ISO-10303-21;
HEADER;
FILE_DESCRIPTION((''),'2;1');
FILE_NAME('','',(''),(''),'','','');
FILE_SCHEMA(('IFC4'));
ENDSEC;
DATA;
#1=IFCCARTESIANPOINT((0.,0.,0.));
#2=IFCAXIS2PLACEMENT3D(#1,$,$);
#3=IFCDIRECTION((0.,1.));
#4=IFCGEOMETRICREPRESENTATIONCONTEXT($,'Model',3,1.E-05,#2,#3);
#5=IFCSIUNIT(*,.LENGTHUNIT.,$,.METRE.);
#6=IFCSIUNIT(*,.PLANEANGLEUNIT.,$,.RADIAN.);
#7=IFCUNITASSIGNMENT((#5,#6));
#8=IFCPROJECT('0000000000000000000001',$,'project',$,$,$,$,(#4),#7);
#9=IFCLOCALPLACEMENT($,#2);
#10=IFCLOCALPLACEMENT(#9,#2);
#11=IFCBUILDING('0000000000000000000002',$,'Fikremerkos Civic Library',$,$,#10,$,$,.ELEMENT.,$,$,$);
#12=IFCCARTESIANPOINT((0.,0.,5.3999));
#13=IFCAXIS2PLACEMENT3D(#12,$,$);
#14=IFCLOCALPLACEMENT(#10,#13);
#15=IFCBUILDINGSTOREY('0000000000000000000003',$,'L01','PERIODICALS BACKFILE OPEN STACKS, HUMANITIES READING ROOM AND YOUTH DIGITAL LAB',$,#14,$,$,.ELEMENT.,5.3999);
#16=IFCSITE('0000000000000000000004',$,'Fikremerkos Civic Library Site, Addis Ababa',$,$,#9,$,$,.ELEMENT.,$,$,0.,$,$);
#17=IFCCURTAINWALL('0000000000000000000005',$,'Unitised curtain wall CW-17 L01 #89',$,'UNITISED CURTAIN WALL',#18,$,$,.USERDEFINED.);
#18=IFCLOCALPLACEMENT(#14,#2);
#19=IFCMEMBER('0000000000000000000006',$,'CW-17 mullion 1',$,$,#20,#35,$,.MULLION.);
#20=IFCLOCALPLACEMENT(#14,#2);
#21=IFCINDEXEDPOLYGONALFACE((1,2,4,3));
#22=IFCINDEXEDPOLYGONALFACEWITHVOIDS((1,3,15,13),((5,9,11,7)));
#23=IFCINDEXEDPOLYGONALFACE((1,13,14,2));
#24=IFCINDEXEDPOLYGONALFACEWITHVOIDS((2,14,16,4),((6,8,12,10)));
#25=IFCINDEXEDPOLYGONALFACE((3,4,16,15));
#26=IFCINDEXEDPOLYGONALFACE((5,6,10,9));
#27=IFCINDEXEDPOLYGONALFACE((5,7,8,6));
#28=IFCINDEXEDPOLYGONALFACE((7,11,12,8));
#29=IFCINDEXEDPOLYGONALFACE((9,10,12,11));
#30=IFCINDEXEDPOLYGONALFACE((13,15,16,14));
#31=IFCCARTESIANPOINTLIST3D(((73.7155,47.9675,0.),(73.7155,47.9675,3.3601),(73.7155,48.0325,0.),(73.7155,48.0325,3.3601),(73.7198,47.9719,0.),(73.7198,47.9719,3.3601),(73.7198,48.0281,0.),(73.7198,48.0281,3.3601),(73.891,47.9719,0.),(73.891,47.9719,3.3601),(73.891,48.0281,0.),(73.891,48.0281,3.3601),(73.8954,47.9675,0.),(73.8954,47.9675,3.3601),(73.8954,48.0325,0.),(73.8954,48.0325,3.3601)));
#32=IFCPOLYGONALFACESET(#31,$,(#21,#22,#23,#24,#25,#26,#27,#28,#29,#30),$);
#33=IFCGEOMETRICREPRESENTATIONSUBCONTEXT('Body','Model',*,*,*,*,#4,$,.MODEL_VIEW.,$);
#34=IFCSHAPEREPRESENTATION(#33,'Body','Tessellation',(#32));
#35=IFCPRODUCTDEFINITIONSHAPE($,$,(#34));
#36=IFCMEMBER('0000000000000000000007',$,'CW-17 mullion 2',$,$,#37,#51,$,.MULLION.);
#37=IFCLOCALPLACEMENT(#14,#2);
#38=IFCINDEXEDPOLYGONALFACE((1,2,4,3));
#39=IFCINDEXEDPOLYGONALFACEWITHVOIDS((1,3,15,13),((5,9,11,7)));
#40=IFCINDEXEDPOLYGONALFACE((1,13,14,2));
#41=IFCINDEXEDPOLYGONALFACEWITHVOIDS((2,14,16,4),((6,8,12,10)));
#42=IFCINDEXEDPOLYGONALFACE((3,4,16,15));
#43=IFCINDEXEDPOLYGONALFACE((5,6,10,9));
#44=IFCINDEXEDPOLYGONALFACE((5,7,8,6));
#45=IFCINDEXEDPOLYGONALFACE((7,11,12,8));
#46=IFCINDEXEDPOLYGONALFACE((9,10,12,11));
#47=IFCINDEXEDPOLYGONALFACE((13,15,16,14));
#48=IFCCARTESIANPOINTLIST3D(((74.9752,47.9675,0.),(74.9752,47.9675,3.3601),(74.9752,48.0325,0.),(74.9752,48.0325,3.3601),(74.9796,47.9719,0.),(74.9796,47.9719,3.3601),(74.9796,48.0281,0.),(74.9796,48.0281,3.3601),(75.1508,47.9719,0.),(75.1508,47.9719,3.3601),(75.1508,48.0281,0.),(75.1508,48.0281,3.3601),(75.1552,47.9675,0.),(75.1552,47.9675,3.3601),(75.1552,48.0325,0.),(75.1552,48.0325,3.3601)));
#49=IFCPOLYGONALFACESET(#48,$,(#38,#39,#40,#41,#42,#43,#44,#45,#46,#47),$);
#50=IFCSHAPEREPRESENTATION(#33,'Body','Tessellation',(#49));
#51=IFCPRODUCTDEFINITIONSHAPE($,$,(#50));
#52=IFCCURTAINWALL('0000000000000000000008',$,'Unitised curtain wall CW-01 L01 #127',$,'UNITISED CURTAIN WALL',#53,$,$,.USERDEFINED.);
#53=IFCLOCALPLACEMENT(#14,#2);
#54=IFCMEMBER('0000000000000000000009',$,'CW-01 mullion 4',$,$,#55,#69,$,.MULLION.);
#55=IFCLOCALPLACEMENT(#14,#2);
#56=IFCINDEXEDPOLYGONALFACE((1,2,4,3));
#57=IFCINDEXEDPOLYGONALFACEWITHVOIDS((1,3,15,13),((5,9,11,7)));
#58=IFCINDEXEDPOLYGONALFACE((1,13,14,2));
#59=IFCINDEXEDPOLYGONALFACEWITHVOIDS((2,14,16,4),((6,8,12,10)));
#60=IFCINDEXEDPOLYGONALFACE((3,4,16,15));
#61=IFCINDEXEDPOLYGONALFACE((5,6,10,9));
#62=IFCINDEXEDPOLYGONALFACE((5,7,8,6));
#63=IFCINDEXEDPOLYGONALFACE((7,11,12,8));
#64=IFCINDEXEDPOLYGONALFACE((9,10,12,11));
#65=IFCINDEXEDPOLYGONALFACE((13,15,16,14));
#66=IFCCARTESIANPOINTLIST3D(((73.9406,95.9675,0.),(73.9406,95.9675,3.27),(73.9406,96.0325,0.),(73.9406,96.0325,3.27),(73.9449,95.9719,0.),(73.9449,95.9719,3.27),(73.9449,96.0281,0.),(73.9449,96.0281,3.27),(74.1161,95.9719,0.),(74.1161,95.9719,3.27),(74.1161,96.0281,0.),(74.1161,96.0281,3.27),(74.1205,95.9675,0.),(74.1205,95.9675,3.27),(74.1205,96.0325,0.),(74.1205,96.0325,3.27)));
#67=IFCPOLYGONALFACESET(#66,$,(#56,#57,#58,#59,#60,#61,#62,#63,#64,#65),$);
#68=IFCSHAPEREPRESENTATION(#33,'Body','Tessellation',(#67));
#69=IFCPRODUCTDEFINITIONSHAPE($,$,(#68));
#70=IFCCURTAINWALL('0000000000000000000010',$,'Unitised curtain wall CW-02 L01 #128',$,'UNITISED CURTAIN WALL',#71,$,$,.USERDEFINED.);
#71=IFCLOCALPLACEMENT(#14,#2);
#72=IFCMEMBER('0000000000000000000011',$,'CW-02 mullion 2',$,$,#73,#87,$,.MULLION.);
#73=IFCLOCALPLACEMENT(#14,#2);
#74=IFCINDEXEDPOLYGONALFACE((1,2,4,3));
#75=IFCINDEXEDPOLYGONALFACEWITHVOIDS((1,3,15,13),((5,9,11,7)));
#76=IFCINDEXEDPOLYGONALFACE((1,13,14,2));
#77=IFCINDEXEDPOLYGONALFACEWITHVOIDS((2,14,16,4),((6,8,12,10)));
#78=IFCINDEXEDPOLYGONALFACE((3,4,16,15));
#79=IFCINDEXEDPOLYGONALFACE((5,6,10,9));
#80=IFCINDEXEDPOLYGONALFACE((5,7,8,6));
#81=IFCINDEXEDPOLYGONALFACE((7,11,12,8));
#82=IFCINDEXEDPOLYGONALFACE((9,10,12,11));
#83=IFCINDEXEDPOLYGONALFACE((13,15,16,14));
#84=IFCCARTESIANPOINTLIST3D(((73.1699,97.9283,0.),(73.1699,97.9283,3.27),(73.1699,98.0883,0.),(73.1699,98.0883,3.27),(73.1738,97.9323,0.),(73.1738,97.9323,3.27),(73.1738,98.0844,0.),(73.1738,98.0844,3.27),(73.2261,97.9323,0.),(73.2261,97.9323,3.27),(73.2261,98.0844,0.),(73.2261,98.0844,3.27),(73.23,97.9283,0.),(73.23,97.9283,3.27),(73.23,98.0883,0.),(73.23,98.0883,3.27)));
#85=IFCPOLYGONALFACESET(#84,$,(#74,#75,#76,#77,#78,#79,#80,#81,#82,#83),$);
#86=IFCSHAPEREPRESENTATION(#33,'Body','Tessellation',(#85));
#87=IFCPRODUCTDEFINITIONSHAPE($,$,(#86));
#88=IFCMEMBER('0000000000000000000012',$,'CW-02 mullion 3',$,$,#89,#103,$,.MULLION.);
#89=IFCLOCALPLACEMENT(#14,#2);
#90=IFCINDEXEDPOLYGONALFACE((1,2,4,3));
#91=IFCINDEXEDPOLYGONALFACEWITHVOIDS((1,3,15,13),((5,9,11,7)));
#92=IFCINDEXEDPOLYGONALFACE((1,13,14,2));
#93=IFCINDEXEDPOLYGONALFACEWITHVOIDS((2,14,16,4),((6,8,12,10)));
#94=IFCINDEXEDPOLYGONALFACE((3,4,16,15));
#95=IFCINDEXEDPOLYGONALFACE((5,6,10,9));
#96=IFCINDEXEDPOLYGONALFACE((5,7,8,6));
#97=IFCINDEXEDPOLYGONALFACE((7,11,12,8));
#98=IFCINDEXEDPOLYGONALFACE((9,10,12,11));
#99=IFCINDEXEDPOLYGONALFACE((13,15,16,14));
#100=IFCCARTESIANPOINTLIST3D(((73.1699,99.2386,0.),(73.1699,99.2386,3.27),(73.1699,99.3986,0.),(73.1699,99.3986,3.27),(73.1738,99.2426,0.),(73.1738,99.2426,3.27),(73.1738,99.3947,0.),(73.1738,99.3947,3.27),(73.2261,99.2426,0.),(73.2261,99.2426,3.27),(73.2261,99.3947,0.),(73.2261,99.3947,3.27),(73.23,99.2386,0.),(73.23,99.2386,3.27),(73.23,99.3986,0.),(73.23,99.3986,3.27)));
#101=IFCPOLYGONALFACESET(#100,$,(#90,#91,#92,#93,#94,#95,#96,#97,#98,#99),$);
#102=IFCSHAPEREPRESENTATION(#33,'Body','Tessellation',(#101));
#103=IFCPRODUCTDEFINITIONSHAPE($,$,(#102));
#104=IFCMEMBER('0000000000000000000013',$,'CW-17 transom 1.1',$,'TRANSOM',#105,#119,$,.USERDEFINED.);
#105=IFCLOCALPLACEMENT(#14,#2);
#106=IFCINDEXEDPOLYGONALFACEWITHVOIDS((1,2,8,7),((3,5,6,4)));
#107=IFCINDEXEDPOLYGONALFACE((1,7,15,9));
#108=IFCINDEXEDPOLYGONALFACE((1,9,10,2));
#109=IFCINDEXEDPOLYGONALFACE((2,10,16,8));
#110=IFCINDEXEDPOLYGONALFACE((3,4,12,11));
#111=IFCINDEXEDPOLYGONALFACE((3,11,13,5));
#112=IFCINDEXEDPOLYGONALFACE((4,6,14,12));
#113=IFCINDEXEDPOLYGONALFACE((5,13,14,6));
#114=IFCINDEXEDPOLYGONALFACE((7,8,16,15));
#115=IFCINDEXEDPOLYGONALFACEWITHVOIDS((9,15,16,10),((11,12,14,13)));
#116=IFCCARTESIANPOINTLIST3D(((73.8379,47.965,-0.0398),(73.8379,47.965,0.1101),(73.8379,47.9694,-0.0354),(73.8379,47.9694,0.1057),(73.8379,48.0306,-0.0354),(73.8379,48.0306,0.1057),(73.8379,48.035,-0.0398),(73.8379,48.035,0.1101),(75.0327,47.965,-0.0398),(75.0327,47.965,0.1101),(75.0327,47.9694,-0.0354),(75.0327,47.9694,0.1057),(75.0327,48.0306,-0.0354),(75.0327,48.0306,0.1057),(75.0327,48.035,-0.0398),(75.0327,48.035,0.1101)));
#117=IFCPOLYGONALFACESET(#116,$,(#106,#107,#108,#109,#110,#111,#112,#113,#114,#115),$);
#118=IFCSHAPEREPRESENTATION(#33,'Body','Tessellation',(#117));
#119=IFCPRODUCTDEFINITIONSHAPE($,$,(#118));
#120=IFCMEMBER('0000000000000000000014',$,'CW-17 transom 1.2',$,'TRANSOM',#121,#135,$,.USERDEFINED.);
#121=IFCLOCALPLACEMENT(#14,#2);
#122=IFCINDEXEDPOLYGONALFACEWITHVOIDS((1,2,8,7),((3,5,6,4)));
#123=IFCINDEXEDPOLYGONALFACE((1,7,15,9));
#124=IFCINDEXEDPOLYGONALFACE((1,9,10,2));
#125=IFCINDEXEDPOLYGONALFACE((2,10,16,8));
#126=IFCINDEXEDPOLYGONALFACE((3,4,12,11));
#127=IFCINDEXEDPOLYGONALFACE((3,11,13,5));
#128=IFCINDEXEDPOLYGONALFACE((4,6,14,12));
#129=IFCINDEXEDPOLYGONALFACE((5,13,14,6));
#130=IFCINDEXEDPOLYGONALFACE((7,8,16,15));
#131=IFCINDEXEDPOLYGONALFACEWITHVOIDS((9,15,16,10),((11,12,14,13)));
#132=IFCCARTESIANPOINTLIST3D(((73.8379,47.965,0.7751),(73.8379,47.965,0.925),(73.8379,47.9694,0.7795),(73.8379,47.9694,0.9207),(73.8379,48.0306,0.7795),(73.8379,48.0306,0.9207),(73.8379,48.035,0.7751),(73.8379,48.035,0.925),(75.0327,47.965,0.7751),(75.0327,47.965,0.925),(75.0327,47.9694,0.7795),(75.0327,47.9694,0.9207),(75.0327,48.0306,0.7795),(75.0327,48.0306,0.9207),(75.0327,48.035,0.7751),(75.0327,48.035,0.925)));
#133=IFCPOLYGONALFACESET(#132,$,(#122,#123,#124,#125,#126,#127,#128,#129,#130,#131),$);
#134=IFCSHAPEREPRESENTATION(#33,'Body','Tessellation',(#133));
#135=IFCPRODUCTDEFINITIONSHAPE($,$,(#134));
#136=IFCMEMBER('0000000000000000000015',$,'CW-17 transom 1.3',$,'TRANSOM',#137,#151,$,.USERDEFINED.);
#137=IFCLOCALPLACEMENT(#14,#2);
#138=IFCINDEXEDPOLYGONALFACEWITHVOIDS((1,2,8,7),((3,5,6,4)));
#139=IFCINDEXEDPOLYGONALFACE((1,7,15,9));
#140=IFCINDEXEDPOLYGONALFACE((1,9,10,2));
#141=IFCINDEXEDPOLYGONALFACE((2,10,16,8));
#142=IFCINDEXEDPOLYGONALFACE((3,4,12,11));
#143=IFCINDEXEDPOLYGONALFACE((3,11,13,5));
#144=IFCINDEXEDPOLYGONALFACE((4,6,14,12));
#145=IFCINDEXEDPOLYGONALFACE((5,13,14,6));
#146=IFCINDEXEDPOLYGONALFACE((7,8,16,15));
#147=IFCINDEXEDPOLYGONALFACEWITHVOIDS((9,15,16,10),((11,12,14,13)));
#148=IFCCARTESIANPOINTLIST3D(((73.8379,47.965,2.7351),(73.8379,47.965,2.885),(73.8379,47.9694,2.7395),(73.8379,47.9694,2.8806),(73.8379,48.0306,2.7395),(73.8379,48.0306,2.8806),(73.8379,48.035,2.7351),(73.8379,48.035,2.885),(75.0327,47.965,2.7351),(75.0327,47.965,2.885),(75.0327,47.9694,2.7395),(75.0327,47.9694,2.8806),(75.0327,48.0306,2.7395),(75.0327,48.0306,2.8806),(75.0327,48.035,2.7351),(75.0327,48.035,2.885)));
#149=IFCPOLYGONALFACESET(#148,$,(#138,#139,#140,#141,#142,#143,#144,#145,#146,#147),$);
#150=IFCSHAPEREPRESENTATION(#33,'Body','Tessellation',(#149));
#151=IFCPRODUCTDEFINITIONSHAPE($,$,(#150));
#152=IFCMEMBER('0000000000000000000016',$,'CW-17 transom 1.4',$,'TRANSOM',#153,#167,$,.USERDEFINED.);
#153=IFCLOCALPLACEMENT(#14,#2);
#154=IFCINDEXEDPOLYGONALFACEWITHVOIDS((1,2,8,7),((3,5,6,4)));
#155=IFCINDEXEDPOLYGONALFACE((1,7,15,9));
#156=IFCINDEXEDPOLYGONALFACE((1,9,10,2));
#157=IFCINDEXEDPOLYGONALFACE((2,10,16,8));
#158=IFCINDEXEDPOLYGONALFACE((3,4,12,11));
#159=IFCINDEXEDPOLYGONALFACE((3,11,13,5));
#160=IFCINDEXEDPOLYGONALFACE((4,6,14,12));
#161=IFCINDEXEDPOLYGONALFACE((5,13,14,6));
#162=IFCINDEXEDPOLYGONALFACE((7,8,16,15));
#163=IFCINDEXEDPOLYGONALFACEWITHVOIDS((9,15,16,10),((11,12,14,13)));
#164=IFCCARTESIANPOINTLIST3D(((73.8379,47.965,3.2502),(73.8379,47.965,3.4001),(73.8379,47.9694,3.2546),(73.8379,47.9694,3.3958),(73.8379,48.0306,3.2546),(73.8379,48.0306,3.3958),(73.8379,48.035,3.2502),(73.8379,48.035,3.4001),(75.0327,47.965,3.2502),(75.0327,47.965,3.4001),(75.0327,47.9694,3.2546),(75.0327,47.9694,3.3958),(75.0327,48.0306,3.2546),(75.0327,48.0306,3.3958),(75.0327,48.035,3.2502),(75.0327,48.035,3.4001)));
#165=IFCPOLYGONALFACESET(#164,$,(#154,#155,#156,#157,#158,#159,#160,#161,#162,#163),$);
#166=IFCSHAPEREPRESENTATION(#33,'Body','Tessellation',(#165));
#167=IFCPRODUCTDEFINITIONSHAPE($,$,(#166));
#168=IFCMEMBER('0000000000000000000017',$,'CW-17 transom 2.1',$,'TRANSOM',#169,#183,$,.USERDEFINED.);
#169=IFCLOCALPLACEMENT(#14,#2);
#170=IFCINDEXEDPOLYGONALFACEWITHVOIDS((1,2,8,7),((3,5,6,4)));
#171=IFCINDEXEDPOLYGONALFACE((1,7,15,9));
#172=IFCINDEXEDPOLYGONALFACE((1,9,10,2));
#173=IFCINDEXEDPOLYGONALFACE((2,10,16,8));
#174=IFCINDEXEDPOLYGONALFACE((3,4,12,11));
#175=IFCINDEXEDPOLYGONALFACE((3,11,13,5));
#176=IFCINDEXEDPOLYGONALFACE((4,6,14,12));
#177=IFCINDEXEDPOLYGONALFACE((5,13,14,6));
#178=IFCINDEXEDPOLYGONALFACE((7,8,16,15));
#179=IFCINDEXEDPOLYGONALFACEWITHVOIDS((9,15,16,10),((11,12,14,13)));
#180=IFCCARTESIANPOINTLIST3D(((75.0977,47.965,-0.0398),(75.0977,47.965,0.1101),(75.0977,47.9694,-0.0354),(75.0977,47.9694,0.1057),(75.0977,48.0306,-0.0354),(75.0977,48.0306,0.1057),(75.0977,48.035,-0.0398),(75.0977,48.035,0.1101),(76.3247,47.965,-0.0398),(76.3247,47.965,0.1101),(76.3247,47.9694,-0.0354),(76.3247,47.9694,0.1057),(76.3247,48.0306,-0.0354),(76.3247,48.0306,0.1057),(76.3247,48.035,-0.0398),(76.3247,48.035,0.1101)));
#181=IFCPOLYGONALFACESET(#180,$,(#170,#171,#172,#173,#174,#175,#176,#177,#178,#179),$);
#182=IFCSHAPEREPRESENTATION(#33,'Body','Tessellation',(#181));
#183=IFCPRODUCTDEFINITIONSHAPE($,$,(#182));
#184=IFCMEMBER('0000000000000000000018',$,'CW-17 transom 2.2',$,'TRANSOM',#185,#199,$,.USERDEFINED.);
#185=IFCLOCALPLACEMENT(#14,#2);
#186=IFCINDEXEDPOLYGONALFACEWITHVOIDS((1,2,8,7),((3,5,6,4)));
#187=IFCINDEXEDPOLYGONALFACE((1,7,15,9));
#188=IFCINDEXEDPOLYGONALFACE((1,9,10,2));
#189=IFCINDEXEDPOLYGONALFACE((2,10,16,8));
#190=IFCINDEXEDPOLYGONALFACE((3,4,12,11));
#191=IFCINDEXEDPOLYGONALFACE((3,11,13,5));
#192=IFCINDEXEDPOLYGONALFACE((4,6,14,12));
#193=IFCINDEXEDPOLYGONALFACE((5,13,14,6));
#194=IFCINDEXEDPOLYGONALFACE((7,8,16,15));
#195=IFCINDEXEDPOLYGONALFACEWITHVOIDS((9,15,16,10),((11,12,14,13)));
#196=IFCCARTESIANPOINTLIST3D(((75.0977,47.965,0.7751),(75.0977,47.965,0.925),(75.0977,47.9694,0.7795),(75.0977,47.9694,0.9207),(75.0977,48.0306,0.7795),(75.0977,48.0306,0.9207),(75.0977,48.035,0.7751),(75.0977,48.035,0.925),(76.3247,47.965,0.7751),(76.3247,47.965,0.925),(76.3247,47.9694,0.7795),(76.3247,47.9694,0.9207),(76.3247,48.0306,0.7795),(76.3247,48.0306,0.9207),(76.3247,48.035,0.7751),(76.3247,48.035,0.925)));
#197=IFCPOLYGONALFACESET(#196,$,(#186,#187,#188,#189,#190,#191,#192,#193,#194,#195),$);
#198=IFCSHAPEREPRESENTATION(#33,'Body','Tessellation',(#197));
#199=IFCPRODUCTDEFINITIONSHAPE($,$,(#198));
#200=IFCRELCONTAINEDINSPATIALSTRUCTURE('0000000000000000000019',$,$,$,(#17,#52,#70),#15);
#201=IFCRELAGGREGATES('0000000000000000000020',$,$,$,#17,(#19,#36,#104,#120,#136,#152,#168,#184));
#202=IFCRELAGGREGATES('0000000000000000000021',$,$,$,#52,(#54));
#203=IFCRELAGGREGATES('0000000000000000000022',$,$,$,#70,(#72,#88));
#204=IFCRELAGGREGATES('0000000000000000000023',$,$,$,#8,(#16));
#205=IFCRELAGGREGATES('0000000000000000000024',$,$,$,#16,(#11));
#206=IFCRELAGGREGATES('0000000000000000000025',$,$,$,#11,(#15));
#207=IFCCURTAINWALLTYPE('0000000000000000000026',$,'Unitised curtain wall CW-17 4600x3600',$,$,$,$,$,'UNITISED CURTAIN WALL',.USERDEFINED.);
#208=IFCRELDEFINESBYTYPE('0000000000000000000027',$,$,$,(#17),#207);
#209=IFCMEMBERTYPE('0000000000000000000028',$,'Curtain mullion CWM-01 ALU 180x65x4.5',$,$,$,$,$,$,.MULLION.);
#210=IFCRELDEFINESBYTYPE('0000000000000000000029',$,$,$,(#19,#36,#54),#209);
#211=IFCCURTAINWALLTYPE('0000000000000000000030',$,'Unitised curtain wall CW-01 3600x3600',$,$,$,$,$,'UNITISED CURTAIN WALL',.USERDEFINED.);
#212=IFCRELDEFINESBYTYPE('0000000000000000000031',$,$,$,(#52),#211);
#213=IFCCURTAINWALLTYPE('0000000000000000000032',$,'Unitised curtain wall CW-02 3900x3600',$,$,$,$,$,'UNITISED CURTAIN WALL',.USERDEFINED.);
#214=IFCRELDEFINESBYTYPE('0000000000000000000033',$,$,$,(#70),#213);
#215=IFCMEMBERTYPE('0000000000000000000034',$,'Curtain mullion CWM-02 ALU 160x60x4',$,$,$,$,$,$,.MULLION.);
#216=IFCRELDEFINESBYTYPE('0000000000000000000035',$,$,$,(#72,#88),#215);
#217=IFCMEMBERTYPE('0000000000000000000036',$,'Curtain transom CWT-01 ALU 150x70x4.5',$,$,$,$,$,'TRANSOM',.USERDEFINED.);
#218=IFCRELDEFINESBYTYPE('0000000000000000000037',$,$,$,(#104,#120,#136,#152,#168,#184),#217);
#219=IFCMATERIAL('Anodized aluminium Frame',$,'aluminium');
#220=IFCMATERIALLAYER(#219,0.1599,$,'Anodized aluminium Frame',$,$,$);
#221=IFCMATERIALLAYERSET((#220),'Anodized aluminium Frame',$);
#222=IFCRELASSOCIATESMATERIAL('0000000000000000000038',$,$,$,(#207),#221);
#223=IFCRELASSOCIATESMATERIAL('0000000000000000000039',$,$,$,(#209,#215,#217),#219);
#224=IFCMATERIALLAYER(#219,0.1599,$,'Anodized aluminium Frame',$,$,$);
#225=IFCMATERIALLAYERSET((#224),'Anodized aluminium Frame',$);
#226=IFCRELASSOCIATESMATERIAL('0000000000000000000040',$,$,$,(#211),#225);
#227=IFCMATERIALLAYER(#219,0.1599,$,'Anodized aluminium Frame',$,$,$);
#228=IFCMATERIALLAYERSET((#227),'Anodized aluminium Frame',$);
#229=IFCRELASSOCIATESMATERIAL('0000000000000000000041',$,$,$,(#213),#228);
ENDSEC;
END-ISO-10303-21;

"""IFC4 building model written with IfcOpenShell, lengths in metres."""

from ifc_helpers import new_model, si_unit, direction, frame, origin, origin_2d, place, context, subcontext, project, spatial, hollow_rectangle, extrude, material, layer, layer_set, material_profile, profile_set, type_object, element, aggregate, save


model = new_model("IFC4")

# Units and contexts
model_context = context("Model", 3, precision=1e-05, world=origin(), true_north=direction((0.0, 1.0)))
body_context = subcontext(model_context, "Body", "Model", "MODEL_VIEW")
ifc_project = project(units=[si_unit("LENGTHUNIT", "METRE"), si_unit("PLANEANGLEUNIT", "RADIAN")], contexts=[model_context])

# Site, building, storey
site_placement = place(None, origin())
site = spatial("IfcSite", under=ifc_project, at=site_placement, Name="Fikremerkos Civic Library Site, Addis Ababa", CompositionType="ELEMENT", RefElevation=0.0)
building_placement = place(site_placement, origin())
building = spatial("IfcBuilding", under=site, at=building_placement, Name="Fikremerkos Civic Library", CompositionType="ELEMENT")
storey_placement = place(building_placement, frame((0.0, 0.0, 5.3999)))
storey = spatial("IfcBuildingStorey", under=building, at=storey_placement, Name="L01", Description="PERIODICALS BACKFILE OPEN STACKS, HUMANITIES READING ROOM AND YOUTH DIGITAL LAB", CompositionType="ELEMENT", Elevation=5.3999)

# Curtain wall, members
ifc_material_1 = material(Name="Anodized aluminium Frame", Category="aluminium")
ifc_layer_1 = layer(ifc_material_1, 0.1599, Name="Anodized aluminium Frame")
ifc_layer_set_1 = layer_set([ifc_layer_1], Name="Anodized aluminium Frame")
curtain_wall_type_1 = type_object("IfcCurtainWallType", Name="Unitised curtain wall CW-17 4600x3600", ElementType="UNITISED CURTAIN WALL", PredefinedType="USERDEFINED", material=ifc_layer_set_1)
curtain_wall_1_placement = place(storey_placement, origin())
curtain_wall_1 = element("IfcCurtainWall", 1, at=curtain_wall_1_placement, inside=storey, type_object=curtain_wall_type_1, Name="Unitised curtain wall CW-17 L01 #89", ObjectType="UNITISED CURTAIN WALL", PredefinedType="USERDEFINED")
ifc_material_profile_1 = material_profile(ifc_material_1, hollow_rectangle(XDim=0.0649, YDim=0.1799, WallThickness=0.0044, at=origin_2d()), Name="ALU 180x65x4.5")
ifc_profile_set_1 = profile_set([ifc_material_profile_1], Name="Anodized aluminium Frame")
member_type_1 = type_object("IfcMemberType", Name="Curtain mullion CWM-01 ALU 180x65x4.5", PredefinedType="MULLION", material=ifc_profile_set_1)
member_1_placement = place(storey_placement, frame((73.8054, 48.0, 0.0), z_axis=(0.0, 0.0, 1.0), x_axis=(0.0, 1.0, 0.0)))
member_1 = element("IfcMember", 2, at=member_1_placement, type_object=member_type_1, Name="CW-17 mullion 1", PredefinedType="MULLION", context=body_context, shape_type="SweptSolid", body=[
    extrude(hollow_rectangle(XDim=0.0649, YDim=0.1799, WallThickness=0.0044, at=origin_2d()), origin(), (0.0, 0.0, 1.0), 3.3601),
])
member_2_placement = place(storey_placement, frame((75.0652, 48.0, 0.0), z_axis=(0.0, 0.0, 1.0), x_axis=(0.0, 1.0, 0.0)))
member_2 = element("IfcMember", 3, at=member_2_placement, type_object=member_type_1, Name="CW-17 mullion 2", PredefinedType="MULLION", context=body_context, shape_type="SweptSolid", body=[
    extrude(hollow_rectangle(XDim=0.0649, YDim=0.1799, WallThickness=0.0044, at=origin_2d()), origin(), (0.0, 0.0, 1.0), 3.3601),
])

# Curtain wall, member
ifc_layer_2 = layer(ifc_material_1, 0.1599, Name="Anodized aluminium Frame")
ifc_layer_set_2 = layer_set([ifc_layer_2], Name="Anodized aluminium Frame")
curtain_wall_type_2 = type_object("IfcCurtainWallType", Name="Unitised curtain wall CW-01 3600x3600", ElementType="UNITISED CURTAIN WALL", PredefinedType="USERDEFINED", material=ifc_layer_set_2)
curtain_wall_2_placement = place(storey_placement, origin())
curtain_wall_2 = element("IfcCurtainWall", 4, at=curtain_wall_2_placement, inside=storey, type_object=curtain_wall_type_2, Name="Unitised curtain wall CW-01 L01 #127", ObjectType="UNITISED CURTAIN WALL", PredefinedType="USERDEFINED")
member_3_placement = place(storey_placement, frame((74.0305, 96.0, 0.0), z_axis=(0.0, 0.0, 1.0), x_axis=(0.0, -1.0, 0.0)))
member_3 = element("IfcMember", 5, at=member_3_placement, type_object=member_type_1, Name="CW-01 mullion 4", PredefinedType="MULLION", context=body_context, shape_type="SweptSolid", body=[
    extrude(hollow_rectangle(XDim=0.0649, YDim=0.1799, WallThickness=0.0044, at=origin_2d()), origin(), (0.0, 0.0, 1.0), 3.27),
])

# Curtain wall, members
ifc_layer_3 = layer(ifc_material_1, 0.1599, Name="Anodized aluminium Frame")
ifc_layer_set_3 = layer_set([ifc_layer_3], Name="Anodized aluminium Frame")
curtain_wall_type_3 = type_object("IfcCurtainWallType", Name="Unitised curtain wall CW-02 3900x3600", ElementType="UNITISED CURTAIN WALL", PredefinedType="USERDEFINED", material=ifc_layer_set_3)
curtain_wall_3_placement = place(storey_placement, origin())
curtain_wall_3 = element("IfcCurtainWall", 6, at=curtain_wall_3_placement, inside=storey, type_object=curtain_wall_type_3, Name="Unitised curtain wall CW-02 L01 #128", ObjectType="UNITISED CURTAIN WALL", PredefinedType="USERDEFINED")
ifc_material_profile_2 = material_profile(ifc_material_1, hollow_rectangle(XDim=0.0601, YDim=0.1599, WallThickness=0.0039, at=origin_2d()), Name="ALU 160x60x4")
ifc_profile_set_2 = profile_set([ifc_material_profile_2], Name="Anodized aluminium Frame")
member_type_2 = type_object("IfcMemberType", Name="Curtain mullion CWM-02 ALU 160x60x4", PredefinedType="MULLION", material=ifc_profile_set_2)
member_4_placement = place(storey_placement, frame((73.2, 98.0083, 0.0), z_axis=(0.0, 0.0, 1.0), x_axis=(-1.0, 0.0, 0.0)))
member_4 = element("IfcMember", 7, at=member_4_placement, type_object=member_type_2, Name="CW-02 mullion 2", PredefinedType="MULLION", context=body_context, shape_type="SweptSolid", body=[
    extrude(hollow_rectangle(XDim=0.0601, YDim=0.1599, WallThickness=0.0039, at=origin_2d()), origin(), (0.0, 0.0, 1.0), 3.27),
])
member_5_placement = place(storey_placement, frame((73.2, 99.3186, 0.0), z_axis=(0.0, 0.0, 1.0), x_axis=(-1.0, 0.0, 0.0)))
member_5 = element("IfcMember", 8, at=member_5_placement, type_object=member_type_2, Name="CW-02 mullion 3", PredefinedType="MULLION", context=body_context, shape_type="SweptSolid", body=[
    extrude(hollow_rectangle(XDim=0.0601, YDim=0.1599, WallThickness=0.0039, at=origin_2d()), origin(), (0.0, 0.0, 1.0), 3.27),
])

# Members
ifc_material_profile_3 = material_profile(ifc_material_1, hollow_rectangle(XDim=0.0701, YDim=0.1499, WallThickness=0.0044, at=origin_2d()), Name="ALU 150x70x4.5")
ifc_profile_set_3 = profile_set([ifc_material_profile_3], Name="Anodized aluminium Frame")
member_type_3 = type_object("IfcMemberType", Name="Curtain transom CWT-01 ALU 150x70x4.5", ElementType="TRANSOM", PredefinedType="USERDEFINED", material=ifc_profile_set_3)
member_6_placement = place(storey_placement, frame((73.8379, 48.0, 0.0352), z_axis=(1.0, 0.0, 0.0), x_axis=(0.0, 1.0, 0.0)))
member_6 = element("IfcMember", 9, at=member_6_placement, type_object=member_type_3, Name="CW-17 transom 1.1", ObjectType="TRANSOM", PredefinedType="USERDEFINED", context=body_context, shape_type="SweptSolid", body=[
    extrude(hollow_rectangle(XDim=0.0701, YDim=0.1499, WallThickness=0.0044, at=origin_2d()), origin(), (0.0, 0.0, 1.0), 1.1948),
])
member_7_placement = place(storey_placement, frame((73.8379, 48.0, 0.8501), z_axis=(1.0, 0.0, 0.0), x_axis=(0.0, 1.0, 0.0)))
member_7 = element("IfcMember", 10, at=member_7_placement, type_object=member_type_3, Name="CW-17 transom 1.2", ObjectType="TRANSOM", PredefinedType="USERDEFINED", context=body_context, shape_type="SweptSolid", body=[
    extrude(hollow_rectangle(XDim=0.0701, YDim=0.1499, WallThickness=0.0044, at=origin_2d()), origin(), (0.0, 0.0, 1.0), 1.1948),
])
member_8_placement = place(storey_placement, frame((73.8379, 48.0, 2.8101), z_axis=(1.0, 0.0, 0.0), x_axis=(0.0, 1.0, 0.0)))
member_8 = element("IfcMember", 11, at=member_8_placement, type_object=member_type_3, Name="CW-17 transom 1.3", ObjectType="TRANSOM", PredefinedType="USERDEFINED", context=body_context, shape_type="SweptSolid", body=[
    extrude(hollow_rectangle(XDim=0.0701, YDim=0.1499, WallThickness=0.0044, at=origin_2d()), origin(), (0.0, 0.0, 1.0), 1.1948),
])
member_9_placement = place(storey_placement, frame((73.8379, 48.0, 3.3252), z_axis=(1.0, 0.0, 0.0), x_axis=(0.0, 1.0, 0.0)))
member_9 = element("IfcMember", 12, at=member_9_placement, type_object=member_type_3, Name="CW-17 transom 1.4", ObjectType="TRANSOM", PredefinedType="USERDEFINED", context=body_context, shape_type="SweptSolid", body=[
    extrude(hollow_rectangle(XDim=0.0701, YDim=0.1499, WallThickness=0.0044, at=origin_2d()), origin(), (0.0, 0.0, 1.0), 1.1948),
])
member_10_placement = place(storey_placement, frame((75.0977, 48.0, 0.0352), z_axis=(1.0, 0.0, 0.0), x_axis=(0.0, 1.0, 0.0)))
member_10 = element("IfcMember", 13, at=member_10_placement, type_object=member_type_3, Name="CW-17 transom 2.1", ObjectType="TRANSOM", PredefinedType="USERDEFINED", context=body_context, shape_type="SweptSolid", body=[
    extrude(hollow_rectangle(XDim=0.0701, YDim=0.1499, WallThickness=0.0044, at=origin_2d()), origin(), (0.0, 0.0, 1.0), 1.2271),
])
member_11_placement = place(storey_placement, frame((75.0977, 48.0, 0.8501), z_axis=(1.0, 0.0, 0.0), x_axis=(0.0, 1.0, 0.0)))
member_11 = element("IfcMember", 14, at=member_11_placement, type_object=member_type_3, Name="CW-17 transom 2.2", ObjectType="TRANSOM", PredefinedType="USERDEFINED", context=body_context, shape_type="SweptSolid", body=[
    extrude(hollow_rectangle(XDim=0.0701, YDim=0.1499, WallThickness=0.0044, at=origin_2d()), origin(), (0.0, 0.0, 1.0), 1.2271),
])

aggregate(curtain_wall_1, [member_1, member_2, member_6, member_7, member_8, member_9, member_10, member_11])
aggregate(curtain_wall_2, [member_3])
aggregate(curtain_wall_3, [member_4, member_5])

save(model, "model.ifc")
